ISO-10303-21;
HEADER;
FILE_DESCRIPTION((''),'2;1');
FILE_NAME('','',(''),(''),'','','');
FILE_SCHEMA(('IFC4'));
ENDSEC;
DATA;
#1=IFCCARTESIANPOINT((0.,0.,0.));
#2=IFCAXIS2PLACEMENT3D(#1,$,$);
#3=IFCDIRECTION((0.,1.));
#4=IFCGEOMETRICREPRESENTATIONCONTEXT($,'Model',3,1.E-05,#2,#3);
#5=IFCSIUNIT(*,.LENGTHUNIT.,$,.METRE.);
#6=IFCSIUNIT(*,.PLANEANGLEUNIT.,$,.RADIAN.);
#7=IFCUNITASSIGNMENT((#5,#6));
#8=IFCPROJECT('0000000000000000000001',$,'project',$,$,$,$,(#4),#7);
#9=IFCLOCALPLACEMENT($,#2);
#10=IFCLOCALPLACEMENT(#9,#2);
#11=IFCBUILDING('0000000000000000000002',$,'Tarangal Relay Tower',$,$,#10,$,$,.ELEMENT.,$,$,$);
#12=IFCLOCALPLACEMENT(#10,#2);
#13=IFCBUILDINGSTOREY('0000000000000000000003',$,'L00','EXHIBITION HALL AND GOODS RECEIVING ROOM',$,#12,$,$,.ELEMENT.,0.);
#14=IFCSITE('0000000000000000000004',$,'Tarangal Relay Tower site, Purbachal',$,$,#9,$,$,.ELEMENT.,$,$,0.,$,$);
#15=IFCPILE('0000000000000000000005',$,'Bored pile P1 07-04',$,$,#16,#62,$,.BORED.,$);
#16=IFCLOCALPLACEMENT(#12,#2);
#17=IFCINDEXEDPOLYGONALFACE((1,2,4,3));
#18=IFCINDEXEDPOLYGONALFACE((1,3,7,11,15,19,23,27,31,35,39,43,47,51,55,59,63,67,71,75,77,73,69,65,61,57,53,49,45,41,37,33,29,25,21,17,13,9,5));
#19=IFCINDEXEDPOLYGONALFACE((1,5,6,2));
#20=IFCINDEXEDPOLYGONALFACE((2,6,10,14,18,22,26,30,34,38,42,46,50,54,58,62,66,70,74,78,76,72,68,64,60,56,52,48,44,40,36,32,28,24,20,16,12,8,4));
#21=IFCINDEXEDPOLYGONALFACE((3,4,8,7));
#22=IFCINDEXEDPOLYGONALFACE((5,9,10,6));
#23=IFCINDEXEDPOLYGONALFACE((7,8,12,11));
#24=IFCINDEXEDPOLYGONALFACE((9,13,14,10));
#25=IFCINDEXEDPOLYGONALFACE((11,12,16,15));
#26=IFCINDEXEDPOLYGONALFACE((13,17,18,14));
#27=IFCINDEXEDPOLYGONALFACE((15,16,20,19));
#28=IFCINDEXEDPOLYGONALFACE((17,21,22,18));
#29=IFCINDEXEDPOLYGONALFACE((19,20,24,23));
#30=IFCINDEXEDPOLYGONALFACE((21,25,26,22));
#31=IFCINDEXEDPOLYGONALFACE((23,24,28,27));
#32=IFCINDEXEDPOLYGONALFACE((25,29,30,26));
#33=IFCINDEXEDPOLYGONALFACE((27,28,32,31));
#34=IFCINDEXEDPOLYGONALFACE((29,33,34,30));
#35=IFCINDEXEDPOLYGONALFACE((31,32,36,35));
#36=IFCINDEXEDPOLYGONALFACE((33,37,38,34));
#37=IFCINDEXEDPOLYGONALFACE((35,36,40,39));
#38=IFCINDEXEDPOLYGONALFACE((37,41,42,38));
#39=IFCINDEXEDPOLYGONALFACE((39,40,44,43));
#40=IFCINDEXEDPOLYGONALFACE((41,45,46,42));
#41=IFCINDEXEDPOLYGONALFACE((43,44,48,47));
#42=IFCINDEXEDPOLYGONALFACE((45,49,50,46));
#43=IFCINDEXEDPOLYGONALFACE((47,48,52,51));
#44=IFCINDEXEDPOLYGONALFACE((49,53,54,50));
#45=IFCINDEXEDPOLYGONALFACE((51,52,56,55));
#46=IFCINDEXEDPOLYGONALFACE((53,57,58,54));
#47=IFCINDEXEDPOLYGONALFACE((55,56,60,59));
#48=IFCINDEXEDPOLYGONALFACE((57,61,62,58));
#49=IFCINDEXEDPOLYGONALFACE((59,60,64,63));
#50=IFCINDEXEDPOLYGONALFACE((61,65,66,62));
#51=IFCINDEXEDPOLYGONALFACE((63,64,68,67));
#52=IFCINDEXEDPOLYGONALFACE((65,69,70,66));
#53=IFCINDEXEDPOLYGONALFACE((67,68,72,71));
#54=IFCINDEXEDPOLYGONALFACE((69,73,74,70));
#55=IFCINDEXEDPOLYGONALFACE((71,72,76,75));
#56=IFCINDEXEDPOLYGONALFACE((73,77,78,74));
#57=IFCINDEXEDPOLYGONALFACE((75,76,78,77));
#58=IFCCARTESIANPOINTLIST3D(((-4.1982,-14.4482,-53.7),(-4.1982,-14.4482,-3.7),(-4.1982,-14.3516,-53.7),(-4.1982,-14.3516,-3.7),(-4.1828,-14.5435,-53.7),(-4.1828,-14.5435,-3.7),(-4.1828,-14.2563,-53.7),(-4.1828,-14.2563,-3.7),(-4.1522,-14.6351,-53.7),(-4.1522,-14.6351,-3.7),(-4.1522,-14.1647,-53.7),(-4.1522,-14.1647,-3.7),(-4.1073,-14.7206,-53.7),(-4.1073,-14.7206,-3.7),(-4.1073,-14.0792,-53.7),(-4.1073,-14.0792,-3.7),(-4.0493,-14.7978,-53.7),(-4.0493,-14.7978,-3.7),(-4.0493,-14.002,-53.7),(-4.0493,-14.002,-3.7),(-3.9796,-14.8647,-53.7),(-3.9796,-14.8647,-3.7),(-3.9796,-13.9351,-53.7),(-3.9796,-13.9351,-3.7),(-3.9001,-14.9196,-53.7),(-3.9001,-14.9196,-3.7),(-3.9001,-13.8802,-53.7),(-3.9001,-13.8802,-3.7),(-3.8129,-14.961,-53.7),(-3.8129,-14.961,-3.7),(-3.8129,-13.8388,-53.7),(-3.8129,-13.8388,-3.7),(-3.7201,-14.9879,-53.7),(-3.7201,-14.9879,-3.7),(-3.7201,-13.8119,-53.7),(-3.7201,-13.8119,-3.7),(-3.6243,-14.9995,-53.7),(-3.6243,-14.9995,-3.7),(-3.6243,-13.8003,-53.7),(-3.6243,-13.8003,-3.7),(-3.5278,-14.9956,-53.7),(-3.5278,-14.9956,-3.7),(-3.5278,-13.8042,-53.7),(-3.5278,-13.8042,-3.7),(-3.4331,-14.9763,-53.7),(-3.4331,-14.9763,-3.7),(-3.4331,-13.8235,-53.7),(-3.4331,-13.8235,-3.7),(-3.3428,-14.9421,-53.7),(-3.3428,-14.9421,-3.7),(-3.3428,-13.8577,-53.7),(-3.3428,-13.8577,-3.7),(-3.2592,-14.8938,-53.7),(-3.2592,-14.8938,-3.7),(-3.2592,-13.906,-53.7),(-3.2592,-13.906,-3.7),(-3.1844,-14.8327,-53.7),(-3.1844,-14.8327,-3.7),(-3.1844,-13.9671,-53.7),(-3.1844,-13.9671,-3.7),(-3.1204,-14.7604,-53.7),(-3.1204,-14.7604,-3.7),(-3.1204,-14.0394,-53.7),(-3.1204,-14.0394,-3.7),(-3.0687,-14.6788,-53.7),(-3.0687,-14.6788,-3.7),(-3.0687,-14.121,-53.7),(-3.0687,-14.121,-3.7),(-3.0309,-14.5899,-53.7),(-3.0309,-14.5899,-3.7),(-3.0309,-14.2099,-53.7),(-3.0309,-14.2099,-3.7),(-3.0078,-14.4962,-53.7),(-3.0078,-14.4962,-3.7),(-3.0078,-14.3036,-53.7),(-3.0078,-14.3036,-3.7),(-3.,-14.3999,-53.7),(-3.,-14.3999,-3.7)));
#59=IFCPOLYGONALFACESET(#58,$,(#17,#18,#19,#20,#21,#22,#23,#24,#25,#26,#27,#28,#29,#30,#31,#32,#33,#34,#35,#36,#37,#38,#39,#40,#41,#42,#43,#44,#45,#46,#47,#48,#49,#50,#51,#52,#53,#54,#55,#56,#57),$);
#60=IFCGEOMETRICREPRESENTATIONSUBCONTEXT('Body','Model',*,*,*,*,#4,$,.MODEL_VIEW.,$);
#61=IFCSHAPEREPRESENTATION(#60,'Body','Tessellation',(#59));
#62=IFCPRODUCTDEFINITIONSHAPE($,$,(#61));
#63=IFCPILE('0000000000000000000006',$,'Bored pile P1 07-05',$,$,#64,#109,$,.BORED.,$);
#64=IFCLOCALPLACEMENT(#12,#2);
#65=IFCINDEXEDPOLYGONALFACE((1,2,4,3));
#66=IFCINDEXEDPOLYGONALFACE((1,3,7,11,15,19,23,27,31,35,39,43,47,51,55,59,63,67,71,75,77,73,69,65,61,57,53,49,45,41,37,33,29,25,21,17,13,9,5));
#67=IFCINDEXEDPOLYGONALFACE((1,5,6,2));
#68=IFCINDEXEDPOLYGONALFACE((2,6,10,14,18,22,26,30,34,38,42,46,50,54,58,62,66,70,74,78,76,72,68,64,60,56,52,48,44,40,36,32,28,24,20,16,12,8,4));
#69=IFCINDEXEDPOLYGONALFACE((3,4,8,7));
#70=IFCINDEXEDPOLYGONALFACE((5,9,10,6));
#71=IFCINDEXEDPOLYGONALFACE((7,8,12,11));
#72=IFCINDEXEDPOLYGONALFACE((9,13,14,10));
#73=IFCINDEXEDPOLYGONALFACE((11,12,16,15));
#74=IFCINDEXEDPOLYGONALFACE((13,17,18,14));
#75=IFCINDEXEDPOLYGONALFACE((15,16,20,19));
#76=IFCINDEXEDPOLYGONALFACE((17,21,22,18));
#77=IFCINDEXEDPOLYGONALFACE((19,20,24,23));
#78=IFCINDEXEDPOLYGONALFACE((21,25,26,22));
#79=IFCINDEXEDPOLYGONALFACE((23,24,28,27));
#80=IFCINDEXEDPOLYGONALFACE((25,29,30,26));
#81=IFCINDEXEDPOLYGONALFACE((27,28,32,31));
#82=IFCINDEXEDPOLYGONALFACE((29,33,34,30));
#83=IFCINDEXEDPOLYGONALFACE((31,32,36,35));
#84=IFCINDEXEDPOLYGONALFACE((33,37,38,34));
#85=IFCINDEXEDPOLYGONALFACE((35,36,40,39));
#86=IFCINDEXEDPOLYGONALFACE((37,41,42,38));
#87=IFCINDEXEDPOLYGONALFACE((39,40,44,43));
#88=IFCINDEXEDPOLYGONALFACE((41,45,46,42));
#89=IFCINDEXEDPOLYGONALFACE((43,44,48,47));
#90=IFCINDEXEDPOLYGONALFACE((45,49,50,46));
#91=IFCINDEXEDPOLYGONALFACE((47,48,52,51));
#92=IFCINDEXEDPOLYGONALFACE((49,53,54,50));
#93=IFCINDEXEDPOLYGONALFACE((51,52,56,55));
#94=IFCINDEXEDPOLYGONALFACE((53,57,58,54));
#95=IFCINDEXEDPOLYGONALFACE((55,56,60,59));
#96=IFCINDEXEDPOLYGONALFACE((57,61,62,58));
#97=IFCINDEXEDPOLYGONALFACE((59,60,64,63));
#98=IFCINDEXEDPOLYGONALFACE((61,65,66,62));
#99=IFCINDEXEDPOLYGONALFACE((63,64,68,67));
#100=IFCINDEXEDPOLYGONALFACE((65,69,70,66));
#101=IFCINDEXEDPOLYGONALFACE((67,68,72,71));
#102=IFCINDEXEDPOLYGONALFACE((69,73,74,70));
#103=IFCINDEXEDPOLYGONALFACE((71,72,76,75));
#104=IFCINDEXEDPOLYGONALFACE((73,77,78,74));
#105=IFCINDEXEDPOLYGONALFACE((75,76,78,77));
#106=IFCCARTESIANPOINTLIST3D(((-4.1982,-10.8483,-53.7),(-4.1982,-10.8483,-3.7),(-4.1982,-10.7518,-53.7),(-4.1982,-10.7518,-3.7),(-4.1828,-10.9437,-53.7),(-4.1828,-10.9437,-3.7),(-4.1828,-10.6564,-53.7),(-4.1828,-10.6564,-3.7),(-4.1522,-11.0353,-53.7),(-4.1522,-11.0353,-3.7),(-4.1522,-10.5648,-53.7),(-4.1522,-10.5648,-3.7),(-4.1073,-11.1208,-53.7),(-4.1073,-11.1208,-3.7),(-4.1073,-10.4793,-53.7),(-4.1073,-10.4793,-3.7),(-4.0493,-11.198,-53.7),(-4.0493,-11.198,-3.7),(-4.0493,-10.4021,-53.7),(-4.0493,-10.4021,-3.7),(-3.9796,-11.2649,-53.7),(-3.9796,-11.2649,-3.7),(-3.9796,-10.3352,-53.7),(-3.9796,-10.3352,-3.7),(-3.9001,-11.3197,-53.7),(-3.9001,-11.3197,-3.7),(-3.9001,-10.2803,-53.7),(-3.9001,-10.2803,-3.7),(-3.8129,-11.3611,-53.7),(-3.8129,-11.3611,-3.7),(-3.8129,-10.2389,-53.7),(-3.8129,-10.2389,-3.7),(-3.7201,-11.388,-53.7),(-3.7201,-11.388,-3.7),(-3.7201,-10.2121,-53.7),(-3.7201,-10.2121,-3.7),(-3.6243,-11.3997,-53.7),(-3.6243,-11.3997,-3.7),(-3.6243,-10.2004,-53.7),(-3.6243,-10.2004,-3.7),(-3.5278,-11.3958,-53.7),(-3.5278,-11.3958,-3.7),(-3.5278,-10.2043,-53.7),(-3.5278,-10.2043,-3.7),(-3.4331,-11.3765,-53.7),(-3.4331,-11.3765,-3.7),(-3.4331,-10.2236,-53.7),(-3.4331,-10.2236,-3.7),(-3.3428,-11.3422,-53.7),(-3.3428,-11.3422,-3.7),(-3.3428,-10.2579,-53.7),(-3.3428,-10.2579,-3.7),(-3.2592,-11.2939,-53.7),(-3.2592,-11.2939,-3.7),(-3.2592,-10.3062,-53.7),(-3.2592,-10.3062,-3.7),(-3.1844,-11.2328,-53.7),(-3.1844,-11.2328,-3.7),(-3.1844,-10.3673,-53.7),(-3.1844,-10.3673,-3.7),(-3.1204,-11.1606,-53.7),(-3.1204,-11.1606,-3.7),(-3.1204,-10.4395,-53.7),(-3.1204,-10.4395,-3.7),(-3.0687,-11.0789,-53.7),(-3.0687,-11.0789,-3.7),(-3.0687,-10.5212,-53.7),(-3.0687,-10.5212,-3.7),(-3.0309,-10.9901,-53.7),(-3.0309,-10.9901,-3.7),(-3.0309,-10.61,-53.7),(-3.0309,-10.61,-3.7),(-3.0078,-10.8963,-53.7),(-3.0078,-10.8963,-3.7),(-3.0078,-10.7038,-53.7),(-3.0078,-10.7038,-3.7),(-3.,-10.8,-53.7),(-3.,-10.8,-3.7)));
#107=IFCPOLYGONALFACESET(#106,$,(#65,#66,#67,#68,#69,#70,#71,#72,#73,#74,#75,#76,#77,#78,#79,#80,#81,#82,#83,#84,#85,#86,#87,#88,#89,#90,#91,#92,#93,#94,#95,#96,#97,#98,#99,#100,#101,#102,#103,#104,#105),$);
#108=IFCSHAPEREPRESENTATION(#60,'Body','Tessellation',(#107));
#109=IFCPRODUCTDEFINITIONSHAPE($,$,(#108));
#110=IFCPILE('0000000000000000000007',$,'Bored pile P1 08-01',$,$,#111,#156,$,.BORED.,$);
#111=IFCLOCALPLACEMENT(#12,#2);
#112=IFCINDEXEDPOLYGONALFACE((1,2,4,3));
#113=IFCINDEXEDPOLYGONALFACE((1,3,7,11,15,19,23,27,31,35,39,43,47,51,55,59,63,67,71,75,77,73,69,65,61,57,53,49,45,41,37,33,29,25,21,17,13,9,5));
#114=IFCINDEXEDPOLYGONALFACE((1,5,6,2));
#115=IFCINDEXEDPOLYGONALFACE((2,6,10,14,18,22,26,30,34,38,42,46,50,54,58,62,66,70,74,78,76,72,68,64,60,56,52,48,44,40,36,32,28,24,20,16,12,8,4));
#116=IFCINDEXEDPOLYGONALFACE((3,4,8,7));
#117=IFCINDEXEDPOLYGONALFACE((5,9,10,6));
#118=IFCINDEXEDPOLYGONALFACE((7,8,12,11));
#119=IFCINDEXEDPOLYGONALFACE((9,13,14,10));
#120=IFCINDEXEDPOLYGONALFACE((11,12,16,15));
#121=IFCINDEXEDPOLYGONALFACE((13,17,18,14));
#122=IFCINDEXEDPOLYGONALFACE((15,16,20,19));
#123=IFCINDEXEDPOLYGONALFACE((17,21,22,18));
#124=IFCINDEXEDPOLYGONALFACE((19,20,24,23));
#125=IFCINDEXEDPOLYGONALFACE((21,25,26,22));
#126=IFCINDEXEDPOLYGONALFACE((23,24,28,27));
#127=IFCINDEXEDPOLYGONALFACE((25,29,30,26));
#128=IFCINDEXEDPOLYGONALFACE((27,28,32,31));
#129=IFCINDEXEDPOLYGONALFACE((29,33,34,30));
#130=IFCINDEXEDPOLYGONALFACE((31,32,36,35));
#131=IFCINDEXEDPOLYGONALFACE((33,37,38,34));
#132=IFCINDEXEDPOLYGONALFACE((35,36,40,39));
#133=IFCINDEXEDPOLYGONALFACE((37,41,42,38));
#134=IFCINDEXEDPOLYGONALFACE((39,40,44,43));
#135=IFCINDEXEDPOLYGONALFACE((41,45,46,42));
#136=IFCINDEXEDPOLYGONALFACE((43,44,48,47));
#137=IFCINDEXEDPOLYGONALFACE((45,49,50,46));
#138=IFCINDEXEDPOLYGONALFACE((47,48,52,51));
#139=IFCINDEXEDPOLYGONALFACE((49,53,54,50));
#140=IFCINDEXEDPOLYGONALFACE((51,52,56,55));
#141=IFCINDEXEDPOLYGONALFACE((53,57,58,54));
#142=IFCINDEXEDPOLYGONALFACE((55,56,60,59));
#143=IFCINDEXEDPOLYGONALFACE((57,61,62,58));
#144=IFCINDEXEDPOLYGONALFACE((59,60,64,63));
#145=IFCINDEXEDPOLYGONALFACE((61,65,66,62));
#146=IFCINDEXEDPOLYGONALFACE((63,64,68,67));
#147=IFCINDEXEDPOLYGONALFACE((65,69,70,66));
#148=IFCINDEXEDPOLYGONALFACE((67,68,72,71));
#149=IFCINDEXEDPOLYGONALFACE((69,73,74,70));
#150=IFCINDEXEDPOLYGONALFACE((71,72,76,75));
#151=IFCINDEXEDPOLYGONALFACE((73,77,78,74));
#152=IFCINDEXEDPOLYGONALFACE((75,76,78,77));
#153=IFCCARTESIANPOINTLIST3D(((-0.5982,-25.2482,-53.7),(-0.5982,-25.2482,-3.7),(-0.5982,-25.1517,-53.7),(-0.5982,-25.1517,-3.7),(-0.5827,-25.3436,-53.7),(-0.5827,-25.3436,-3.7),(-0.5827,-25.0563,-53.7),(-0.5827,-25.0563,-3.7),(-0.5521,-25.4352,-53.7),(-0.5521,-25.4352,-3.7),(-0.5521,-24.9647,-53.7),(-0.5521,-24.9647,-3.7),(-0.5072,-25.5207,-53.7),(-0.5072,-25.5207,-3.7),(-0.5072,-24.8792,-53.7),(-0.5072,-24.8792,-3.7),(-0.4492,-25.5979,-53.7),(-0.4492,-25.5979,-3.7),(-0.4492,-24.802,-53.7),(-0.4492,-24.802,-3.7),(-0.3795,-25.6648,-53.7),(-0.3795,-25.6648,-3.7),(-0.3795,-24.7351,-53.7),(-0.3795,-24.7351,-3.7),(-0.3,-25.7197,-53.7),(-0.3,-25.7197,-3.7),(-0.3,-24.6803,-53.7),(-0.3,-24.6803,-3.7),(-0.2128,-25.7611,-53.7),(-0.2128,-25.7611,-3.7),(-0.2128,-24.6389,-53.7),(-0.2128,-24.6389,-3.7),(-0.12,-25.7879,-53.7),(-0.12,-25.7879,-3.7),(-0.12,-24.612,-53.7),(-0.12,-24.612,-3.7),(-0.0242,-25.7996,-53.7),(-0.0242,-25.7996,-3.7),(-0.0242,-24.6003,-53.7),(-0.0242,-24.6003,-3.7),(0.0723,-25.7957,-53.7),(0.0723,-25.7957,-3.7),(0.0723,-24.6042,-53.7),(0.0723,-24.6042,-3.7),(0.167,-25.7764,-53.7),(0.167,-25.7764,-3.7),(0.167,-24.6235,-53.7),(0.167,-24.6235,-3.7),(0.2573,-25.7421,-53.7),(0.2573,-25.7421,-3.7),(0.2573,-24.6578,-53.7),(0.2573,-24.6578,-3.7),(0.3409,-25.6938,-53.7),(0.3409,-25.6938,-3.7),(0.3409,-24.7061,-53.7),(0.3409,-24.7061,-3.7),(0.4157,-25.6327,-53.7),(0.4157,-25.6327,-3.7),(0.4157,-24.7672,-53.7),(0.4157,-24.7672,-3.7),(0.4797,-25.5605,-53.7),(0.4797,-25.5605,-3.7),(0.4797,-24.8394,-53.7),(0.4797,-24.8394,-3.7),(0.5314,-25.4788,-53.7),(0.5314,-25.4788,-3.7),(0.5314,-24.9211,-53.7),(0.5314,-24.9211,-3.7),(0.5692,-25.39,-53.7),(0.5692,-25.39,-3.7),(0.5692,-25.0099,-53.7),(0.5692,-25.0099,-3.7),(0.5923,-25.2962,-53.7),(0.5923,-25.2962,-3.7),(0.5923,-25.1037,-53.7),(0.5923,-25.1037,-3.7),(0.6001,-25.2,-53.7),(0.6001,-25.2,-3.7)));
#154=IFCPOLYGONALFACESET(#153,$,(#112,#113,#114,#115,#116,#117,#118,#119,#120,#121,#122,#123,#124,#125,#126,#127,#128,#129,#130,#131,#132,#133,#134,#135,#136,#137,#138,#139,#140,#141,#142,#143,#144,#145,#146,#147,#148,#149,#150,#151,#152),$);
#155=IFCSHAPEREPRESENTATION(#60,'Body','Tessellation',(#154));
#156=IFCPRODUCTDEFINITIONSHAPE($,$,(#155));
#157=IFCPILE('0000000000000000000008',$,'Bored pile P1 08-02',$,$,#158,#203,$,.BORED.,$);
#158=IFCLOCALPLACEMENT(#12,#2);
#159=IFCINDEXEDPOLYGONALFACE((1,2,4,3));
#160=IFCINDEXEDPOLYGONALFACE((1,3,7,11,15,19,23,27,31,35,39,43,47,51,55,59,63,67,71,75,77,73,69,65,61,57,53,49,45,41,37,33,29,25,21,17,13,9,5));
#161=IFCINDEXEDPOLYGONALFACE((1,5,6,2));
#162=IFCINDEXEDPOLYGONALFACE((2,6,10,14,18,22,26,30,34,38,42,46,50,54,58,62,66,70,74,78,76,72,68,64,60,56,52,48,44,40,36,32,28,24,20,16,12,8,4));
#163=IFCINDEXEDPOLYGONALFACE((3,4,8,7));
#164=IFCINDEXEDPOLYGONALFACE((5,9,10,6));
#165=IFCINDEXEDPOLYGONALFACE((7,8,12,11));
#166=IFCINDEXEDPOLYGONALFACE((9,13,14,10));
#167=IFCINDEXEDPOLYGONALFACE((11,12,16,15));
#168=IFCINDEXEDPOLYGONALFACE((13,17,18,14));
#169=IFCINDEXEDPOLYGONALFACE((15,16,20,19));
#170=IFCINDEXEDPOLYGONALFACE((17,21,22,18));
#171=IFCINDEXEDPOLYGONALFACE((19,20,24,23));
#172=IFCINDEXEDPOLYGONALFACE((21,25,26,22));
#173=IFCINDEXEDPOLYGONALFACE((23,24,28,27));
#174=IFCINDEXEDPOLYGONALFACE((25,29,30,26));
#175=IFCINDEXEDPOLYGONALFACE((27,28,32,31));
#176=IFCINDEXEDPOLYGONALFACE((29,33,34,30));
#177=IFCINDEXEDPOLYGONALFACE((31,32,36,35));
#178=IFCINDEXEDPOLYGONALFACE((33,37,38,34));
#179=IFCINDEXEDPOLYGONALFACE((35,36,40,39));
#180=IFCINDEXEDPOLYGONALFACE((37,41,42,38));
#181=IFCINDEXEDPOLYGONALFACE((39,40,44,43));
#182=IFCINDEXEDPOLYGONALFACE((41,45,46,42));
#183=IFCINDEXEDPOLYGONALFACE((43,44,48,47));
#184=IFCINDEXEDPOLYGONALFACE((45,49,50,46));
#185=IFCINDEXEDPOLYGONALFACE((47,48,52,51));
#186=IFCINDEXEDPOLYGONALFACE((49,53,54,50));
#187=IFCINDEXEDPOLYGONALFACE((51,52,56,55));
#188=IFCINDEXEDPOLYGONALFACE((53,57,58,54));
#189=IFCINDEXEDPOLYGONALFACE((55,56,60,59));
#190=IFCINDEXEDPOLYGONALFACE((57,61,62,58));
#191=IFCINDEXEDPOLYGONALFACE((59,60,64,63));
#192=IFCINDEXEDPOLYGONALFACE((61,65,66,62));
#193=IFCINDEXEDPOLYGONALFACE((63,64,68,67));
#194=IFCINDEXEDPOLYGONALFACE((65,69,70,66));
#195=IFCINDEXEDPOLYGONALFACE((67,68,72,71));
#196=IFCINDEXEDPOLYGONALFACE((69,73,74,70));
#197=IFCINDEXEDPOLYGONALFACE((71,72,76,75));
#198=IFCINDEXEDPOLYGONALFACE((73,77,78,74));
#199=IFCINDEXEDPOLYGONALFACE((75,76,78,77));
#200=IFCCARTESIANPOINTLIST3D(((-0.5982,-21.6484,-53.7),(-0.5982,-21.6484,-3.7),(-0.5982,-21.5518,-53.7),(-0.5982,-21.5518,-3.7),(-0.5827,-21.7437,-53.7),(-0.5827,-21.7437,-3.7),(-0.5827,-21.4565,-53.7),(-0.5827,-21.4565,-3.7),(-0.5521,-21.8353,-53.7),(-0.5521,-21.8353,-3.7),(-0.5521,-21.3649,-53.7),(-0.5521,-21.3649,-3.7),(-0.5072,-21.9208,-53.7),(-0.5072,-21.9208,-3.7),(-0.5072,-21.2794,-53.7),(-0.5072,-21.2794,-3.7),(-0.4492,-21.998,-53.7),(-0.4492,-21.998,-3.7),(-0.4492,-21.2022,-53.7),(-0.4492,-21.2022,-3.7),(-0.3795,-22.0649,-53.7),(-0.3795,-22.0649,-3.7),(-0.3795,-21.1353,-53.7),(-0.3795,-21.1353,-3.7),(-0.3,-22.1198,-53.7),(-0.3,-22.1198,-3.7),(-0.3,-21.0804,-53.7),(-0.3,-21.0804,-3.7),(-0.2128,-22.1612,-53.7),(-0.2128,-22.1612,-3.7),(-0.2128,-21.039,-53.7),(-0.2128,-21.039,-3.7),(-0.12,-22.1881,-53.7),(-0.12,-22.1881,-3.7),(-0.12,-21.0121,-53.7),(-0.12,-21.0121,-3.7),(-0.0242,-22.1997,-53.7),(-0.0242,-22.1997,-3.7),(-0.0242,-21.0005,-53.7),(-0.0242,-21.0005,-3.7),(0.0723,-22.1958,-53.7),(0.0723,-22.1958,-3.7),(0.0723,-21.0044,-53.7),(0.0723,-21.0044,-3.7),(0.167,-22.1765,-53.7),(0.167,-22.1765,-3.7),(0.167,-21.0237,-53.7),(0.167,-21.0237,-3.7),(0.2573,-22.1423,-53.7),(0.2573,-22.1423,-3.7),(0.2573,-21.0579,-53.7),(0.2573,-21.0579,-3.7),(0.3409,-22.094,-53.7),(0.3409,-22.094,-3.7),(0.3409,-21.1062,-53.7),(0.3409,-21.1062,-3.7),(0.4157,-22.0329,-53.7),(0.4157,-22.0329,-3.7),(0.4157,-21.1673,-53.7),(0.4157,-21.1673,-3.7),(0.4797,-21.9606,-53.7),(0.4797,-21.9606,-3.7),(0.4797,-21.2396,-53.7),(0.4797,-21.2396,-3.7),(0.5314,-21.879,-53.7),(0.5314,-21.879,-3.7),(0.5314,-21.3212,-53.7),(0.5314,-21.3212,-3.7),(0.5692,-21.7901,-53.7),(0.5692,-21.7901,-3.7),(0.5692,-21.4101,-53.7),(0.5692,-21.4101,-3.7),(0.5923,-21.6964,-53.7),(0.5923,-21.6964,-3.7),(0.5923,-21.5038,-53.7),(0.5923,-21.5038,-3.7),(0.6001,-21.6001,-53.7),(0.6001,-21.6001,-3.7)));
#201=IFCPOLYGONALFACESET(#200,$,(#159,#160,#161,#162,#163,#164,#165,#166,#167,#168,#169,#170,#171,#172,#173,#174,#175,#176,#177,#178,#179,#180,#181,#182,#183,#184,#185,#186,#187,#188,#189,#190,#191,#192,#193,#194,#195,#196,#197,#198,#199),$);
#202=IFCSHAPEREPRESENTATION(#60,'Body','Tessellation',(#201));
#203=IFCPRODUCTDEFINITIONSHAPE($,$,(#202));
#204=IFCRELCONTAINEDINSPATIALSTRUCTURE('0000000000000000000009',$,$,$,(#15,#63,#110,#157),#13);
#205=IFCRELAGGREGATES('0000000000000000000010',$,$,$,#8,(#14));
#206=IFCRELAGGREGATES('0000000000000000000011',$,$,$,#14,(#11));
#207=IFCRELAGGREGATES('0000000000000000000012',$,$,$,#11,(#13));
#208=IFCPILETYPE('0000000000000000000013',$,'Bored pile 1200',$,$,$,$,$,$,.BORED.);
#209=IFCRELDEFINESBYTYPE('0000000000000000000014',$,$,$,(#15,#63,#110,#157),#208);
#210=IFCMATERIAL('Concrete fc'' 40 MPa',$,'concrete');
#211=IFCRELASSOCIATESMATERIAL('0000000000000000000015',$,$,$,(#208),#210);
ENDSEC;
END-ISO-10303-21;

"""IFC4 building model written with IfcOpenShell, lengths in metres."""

from ifc_helpers import new_model, si_unit, direction, frame, origin, origin_2d, place, context, subcontext, project, spatial, circle, extrude, material, material_profile, profile_set, type_object, element, save


model = new_model("IFC4")

# Units and contexts
model_context = context("Model", 3, precision=1e-05, world=origin(), true_north=direction((0.0, 1.0)))
body_context = subcontext(model_context, "Body", "Model", "MODEL_VIEW")
ifc_project = project(units=[si_unit("LENGTHUNIT", "METRE"), si_unit("PLANEANGLEUNIT", "RADIAN")], contexts=[model_context])

# Site, building, storey
site_placement = place(None, origin())
site = spatial("IfcSite", under=ifc_project, at=site_placement, Name="Tarangal Relay Tower site, Purbachal", CompositionType="ELEMENT", RefElevation=0.0)
building_placement = place(site_placement, origin())
building = spatial("IfcBuilding", under=site, at=building_placement, Name="Tarangal Relay Tower", CompositionType="ELEMENT")
storey_placement = place(building_placement, origin())
storey = spatial("IfcBuildingStorey", under=building, at=storey_placement, Name="L00", Description="EXHIBITION HALL AND GOODS RECEIVING ROOM", CompositionType="ELEMENT", Elevation=0.0)

# Piles
ifc_material_1 = material(Name="Concrete fc' 40 MPa", Category="concrete")
ifc_material_profile_1 = material_profile(ifc_material_1, circle(Radius=0.6001, at=origin_2d()), Name="D1200")
ifc_profile_set_1 = profile_set([ifc_material_profile_1], Name="Concrete fc' 40 MPa")
pile_type = type_object("IfcPileType", Name="Bored pile 1200", PredefinedType="BORED", material=ifc_profile_set_1)
for number, where, z_axis, x_axis, name in (
    (1, (-3.6001, -14.3999, -3.7), (0.0, 0.0, -1.0), (1.0, 0.0, 0.0), "Bored pile P1 07-04"),
    (2, (-3.6001, -10.8, -3.7), (0.0, 0.0, -1.0), (1.0, 0.0, 0.0), "Bored pile P1 07-05"),
    (3, (0.0, -25.2, -3.7), (0.0, 0.0, -1.0), (1.0, 0.0, 0.0), "Bored pile P1 08-01"),
    (4, (0.0, -21.6001, -3.7), (0.0, 0.0, -1.0), (1.0, 0.0, 0.0), "Bored pile P1 08-02"),
):
    element("IfcPile", number, at=place(storey_placement, frame(where, z_axis=z_axis, x_axis=x_axis)), inside=storey, type_object=pile_type, Name=name, PredefinedType="BORED", context=body_context, shape_type="SweptSolid", body=[
        extrude(circle(Radius=0.6001, at=origin_2d()), origin(), (0.0, 0.0, 1.0), 50.0),
    ])

save(model, "model.ifc")
